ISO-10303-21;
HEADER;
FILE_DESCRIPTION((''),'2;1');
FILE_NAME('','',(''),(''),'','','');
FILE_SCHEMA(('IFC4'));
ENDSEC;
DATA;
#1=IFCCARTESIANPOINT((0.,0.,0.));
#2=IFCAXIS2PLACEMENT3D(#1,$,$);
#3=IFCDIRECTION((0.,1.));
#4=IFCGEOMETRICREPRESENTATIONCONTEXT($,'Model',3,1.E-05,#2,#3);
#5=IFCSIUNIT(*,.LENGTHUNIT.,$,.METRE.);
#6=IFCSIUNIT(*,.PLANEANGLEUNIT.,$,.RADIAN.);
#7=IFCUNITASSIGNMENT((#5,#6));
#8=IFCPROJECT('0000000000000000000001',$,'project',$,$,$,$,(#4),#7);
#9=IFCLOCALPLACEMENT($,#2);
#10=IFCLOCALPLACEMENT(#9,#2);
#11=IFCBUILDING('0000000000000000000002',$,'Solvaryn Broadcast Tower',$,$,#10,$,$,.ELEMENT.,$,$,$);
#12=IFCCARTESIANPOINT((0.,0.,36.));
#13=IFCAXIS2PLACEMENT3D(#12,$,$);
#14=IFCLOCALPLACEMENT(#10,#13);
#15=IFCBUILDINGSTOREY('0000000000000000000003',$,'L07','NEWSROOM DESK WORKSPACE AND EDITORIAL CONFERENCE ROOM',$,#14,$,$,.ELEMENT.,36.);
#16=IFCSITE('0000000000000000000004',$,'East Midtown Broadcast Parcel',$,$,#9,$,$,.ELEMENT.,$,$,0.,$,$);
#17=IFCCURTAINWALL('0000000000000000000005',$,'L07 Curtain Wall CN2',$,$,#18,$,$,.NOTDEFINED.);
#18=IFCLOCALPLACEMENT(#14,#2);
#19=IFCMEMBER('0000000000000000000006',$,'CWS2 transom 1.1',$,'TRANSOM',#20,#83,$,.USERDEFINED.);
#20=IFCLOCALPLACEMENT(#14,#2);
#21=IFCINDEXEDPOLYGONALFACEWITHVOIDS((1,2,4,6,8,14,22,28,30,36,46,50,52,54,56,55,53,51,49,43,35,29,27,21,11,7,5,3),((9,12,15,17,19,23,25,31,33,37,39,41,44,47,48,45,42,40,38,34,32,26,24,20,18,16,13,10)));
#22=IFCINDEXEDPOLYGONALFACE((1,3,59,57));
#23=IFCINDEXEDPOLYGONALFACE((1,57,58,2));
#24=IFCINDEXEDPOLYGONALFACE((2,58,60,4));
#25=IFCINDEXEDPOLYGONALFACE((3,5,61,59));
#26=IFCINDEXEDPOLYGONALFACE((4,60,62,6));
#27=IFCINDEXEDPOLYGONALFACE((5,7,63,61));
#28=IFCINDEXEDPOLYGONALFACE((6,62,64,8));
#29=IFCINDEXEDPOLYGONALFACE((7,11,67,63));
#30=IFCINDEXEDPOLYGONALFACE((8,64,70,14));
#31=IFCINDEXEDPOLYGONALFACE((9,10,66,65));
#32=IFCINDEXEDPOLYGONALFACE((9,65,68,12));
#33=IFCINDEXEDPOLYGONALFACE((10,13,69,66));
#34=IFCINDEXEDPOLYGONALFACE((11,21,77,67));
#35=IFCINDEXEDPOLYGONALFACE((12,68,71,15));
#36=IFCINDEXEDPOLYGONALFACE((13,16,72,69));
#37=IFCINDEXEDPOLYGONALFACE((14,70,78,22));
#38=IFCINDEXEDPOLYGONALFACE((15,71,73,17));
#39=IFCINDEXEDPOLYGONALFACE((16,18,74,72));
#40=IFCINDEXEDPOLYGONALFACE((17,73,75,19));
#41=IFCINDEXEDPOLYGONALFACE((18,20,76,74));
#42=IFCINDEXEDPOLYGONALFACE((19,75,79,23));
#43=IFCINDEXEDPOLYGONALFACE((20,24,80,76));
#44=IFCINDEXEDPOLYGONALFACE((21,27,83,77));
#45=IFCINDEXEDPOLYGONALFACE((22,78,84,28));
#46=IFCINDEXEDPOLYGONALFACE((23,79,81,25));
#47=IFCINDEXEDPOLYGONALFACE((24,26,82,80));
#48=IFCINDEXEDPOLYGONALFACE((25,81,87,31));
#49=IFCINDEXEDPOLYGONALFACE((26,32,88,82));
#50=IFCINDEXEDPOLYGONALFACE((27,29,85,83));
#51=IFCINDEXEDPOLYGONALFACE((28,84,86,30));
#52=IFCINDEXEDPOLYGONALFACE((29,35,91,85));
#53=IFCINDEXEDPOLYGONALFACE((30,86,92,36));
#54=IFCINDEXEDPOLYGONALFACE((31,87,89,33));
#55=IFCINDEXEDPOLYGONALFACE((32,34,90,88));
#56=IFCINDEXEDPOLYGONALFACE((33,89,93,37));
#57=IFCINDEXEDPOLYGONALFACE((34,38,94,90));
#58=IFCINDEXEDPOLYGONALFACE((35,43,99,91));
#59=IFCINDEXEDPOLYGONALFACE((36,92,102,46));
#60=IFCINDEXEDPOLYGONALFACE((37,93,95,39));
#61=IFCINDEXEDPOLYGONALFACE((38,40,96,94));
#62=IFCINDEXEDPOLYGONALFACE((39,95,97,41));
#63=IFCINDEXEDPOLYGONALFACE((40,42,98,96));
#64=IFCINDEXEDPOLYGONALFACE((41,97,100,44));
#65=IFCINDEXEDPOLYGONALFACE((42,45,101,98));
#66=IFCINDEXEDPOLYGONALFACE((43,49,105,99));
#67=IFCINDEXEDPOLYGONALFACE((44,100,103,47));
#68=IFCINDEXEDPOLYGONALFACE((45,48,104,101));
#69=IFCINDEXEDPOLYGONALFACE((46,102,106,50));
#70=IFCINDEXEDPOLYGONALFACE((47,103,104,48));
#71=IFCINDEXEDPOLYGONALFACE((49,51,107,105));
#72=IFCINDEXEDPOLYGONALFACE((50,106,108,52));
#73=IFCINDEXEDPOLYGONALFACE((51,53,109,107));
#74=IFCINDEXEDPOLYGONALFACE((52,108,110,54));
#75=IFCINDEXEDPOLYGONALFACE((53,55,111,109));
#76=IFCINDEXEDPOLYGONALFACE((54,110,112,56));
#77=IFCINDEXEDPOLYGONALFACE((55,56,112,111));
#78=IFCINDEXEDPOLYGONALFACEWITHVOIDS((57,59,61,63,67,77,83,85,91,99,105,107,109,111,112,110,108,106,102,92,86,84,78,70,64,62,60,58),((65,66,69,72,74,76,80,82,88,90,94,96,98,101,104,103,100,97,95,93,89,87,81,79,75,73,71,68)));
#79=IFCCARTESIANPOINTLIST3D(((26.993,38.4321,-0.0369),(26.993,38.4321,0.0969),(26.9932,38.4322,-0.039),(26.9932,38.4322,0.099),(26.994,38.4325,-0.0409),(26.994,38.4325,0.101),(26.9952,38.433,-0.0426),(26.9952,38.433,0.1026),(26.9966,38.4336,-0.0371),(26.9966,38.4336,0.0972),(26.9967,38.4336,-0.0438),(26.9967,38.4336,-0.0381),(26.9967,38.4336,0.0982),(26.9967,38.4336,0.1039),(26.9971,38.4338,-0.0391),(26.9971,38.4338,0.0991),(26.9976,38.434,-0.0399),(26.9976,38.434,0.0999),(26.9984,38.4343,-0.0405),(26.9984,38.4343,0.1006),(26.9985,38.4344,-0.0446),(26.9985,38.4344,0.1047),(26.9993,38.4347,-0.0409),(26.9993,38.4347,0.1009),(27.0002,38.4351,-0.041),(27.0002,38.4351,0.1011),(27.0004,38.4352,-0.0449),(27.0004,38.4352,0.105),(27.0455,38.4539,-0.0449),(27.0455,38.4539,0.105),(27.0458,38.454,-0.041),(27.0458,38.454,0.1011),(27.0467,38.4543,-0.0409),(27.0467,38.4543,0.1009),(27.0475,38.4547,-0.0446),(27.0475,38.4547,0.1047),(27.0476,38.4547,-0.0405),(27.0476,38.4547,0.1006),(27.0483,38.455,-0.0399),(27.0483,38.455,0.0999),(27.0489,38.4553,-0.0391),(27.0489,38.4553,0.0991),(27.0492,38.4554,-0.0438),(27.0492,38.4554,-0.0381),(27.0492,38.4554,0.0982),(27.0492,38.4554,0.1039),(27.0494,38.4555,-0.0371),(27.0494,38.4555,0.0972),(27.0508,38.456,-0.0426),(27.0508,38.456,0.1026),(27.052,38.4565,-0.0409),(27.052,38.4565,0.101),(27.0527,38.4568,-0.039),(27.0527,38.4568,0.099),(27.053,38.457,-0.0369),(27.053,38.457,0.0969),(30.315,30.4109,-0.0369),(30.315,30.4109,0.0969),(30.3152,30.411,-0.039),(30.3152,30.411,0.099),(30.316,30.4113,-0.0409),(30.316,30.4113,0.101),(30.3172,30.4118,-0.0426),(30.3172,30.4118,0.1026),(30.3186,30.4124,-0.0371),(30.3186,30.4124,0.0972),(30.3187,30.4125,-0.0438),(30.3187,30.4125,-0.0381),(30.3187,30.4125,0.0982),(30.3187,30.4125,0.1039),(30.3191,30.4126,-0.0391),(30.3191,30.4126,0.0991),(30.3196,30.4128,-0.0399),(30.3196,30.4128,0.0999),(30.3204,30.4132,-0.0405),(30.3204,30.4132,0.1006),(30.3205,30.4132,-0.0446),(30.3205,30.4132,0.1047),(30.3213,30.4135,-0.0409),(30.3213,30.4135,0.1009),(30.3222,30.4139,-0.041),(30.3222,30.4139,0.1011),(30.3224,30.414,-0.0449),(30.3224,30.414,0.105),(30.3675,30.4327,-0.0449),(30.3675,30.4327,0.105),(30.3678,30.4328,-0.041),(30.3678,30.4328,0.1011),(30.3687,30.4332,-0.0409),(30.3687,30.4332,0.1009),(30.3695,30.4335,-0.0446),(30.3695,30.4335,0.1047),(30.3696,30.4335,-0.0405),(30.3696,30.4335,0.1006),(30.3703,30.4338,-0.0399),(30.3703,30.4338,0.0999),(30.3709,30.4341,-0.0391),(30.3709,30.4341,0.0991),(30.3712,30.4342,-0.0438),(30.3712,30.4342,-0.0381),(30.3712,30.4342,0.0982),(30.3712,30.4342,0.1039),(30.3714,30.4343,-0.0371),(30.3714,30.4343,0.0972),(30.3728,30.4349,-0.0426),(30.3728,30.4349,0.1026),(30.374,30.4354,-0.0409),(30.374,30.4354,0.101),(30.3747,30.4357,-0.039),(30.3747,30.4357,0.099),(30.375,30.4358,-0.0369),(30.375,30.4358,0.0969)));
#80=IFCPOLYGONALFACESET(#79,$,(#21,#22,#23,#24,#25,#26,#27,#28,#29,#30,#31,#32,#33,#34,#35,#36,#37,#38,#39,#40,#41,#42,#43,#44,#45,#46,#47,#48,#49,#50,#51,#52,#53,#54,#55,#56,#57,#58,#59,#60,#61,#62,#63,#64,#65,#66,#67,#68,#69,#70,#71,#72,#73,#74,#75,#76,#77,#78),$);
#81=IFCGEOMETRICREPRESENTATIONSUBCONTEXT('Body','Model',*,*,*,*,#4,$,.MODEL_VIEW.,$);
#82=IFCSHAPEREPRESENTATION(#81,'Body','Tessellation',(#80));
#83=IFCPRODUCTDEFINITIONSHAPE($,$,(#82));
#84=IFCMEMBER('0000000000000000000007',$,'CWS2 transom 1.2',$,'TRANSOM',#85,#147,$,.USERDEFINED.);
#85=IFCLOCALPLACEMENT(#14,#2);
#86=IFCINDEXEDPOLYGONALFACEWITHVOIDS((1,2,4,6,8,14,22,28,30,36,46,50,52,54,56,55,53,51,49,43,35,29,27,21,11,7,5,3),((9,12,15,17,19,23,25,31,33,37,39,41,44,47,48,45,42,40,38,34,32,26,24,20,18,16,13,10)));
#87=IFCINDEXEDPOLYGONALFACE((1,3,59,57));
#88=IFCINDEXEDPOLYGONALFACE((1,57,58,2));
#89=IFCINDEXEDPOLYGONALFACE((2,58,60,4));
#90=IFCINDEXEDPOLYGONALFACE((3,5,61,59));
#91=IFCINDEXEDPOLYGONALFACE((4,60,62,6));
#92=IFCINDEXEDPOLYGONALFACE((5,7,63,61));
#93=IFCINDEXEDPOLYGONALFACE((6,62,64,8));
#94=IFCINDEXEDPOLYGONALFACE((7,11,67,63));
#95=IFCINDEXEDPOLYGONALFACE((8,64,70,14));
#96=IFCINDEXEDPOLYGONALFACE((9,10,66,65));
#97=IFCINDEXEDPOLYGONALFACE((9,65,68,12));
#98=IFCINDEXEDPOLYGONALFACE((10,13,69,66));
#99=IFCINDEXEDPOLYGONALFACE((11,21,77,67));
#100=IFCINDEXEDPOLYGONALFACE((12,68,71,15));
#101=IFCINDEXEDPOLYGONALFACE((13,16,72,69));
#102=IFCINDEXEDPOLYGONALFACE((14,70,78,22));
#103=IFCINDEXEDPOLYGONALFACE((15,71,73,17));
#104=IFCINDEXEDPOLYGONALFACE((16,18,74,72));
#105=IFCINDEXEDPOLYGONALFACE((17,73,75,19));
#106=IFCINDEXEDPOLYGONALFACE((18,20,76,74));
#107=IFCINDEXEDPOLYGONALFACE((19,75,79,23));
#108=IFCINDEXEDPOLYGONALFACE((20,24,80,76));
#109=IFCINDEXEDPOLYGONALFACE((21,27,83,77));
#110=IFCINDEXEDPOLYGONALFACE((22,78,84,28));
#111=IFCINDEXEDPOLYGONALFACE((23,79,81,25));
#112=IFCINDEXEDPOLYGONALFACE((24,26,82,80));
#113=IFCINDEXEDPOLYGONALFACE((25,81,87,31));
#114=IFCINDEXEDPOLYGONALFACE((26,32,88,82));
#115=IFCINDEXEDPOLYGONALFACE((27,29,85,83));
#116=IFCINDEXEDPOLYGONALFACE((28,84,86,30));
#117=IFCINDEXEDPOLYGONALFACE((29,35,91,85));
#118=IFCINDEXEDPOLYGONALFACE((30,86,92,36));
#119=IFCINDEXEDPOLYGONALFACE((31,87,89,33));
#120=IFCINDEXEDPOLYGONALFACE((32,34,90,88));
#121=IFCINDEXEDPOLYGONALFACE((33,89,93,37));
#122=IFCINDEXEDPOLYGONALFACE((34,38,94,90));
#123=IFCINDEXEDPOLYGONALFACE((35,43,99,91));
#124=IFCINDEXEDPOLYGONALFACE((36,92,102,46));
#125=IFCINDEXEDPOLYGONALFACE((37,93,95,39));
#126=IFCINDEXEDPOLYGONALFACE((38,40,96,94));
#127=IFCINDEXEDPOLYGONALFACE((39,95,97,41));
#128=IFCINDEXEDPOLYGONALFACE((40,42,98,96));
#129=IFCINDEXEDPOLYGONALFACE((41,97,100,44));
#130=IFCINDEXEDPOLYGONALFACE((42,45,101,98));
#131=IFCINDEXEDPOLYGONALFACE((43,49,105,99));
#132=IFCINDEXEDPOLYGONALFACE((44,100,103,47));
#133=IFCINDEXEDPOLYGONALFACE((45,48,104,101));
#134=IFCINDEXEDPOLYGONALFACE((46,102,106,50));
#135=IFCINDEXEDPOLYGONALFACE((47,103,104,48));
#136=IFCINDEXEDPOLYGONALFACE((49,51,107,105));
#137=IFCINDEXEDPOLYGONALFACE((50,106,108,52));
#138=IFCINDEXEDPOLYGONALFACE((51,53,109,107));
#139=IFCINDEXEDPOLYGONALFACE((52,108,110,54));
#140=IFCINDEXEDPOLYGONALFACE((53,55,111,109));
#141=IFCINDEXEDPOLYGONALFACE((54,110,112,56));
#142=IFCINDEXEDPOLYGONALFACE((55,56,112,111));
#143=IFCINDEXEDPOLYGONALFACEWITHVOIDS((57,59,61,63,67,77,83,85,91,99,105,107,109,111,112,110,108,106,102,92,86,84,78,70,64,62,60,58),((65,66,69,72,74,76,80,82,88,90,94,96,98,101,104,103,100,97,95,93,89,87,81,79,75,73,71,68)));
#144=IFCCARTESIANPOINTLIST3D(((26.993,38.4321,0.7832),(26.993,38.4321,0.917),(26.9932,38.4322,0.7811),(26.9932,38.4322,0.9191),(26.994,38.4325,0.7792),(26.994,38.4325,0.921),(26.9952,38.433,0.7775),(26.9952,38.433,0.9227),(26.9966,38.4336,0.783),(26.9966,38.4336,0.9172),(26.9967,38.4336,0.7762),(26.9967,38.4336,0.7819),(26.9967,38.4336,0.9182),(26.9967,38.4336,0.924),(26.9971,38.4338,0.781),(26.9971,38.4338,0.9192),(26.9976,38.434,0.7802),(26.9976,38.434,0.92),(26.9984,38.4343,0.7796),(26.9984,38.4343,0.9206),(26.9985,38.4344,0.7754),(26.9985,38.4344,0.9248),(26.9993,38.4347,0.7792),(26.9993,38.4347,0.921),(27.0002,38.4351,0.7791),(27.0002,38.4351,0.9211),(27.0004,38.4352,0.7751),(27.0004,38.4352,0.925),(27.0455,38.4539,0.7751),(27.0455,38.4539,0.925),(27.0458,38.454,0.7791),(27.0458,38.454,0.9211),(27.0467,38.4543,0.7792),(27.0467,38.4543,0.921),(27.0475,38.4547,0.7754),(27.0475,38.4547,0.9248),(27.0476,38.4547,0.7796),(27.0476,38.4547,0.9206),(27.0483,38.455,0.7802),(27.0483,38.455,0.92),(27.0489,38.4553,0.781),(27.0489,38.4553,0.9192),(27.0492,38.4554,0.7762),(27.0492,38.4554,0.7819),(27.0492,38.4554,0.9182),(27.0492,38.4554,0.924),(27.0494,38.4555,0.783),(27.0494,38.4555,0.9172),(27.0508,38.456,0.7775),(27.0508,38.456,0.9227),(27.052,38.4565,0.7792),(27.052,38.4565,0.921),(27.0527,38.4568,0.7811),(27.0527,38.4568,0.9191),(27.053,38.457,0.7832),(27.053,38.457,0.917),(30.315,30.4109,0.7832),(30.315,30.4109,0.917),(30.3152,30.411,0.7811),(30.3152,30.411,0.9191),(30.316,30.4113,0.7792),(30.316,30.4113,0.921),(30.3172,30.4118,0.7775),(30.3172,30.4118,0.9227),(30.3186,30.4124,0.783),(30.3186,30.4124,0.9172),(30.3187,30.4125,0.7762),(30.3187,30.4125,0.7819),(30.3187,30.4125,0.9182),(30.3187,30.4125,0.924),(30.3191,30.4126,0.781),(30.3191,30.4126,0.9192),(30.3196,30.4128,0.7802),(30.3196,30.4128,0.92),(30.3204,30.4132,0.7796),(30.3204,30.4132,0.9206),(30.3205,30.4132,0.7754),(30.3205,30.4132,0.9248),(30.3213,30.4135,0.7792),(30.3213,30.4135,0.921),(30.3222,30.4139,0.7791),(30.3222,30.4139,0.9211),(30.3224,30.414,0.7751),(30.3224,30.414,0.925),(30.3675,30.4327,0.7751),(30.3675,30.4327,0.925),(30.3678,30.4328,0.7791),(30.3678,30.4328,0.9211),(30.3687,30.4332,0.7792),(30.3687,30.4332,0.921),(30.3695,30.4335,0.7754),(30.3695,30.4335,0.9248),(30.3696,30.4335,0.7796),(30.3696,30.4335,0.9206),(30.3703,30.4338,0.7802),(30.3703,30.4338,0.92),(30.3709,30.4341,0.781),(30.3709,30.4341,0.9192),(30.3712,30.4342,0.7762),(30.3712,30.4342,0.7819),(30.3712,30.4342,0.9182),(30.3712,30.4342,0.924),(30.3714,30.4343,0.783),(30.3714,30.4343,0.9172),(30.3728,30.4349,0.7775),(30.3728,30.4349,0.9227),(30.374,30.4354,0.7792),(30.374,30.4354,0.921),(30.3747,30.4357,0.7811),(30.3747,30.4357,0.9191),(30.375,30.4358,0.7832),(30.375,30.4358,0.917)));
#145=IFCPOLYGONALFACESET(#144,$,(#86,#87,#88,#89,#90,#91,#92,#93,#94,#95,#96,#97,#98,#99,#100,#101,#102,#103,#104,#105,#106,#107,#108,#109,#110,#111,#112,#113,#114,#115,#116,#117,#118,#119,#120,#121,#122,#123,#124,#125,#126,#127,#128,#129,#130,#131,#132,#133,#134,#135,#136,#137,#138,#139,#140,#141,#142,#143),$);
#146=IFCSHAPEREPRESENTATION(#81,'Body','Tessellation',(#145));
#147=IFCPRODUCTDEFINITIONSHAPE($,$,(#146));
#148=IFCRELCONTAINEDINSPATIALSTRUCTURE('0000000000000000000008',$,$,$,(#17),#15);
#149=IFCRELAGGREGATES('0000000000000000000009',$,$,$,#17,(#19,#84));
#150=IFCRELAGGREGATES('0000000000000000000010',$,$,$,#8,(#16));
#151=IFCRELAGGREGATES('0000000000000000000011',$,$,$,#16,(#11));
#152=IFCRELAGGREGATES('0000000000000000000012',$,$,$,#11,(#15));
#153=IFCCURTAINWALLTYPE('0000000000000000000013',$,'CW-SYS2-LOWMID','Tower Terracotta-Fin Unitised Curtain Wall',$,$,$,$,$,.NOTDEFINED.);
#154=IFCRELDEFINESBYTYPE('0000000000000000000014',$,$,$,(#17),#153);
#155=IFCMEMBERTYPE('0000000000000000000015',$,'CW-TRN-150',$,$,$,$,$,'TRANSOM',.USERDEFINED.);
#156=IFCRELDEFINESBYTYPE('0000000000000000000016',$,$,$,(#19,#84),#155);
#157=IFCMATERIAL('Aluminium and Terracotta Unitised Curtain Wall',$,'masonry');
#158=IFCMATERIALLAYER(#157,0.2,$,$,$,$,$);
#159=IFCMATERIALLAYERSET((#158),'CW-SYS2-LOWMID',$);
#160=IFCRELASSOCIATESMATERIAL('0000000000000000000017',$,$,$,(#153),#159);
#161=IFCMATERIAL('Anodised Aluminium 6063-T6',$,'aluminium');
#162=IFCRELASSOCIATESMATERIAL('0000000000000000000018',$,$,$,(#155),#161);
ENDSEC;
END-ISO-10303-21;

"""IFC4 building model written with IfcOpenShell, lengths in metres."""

from ifc_helpers import new_model, si_unit, direction, frame, origin, origin_2d, place, context, subcontext, project, spatial, hollow_rectangle, extrude, material, layer, layer_set, material_profile, profile_set, type_object, element, aggregate, save


model = new_model("IFC4")

# Units and contexts
model_context = context("Model", 3, precision=1e-05, world=origin(), true_north=direction((0.0, 1.0)))
body_context = subcontext(model_context, "Body", "Model", "MODEL_VIEW")
ifc_project = project(units=[si_unit("LENGTHUNIT", "METRE"), si_unit("PLANEANGLEUNIT", "RADIAN")], contexts=[model_context])

# Site, building, storey
site_placement = place(None, origin())
site = spatial("IfcSite", under=ifc_project, at=site_placement, Name="East Midtown Broadcast Parcel", CompositionType="ELEMENT", RefElevation=0.0)
building_placement = place(site_placement, origin())
building = spatial("IfcBuilding", under=site, at=building_placement, Name="Solvaryn Broadcast Tower", CompositionType="ELEMENT")
storey_placement = place(building_placement, frame((0.0, 0.0, 36.0)))
storey = spatial("IfcBuildingStorey", under=building, at=storey_placement, Name="L07", Description="NEWSROOM DESK WORKSPACE AND EDITORIAL CONFERENCE ROOM", CompositionType="ELEMENT", Elevation=36.0)

# Shared definitions
ifc_material_1 = material(Name="Aluminium and Terracotta Unitised Curtain Wall", Category="masonry")
ifc_layer_1 = layer(ifc_material_1, 0.2)
ifc_layer_set_1 = layer_set([ifc_layer_1], Name="CW-SYS2-LOWMID")
curtain_wall_type = type_object("IfcCurtainWallType", Name="CW-SYS2-LOWMID", Description="Tower Terracotta-Fin Unitised Curtain Wall", PredefinedType="NOTDEFINED", material=ifc_layer_set_1)

# Curtain wall, members
curtain_wall_1_placement = place(storey_placement, origin())
curtain_wall_1 = element("IfcCurtainWall", 1, at=curtain_wall_1_placement, inside=storey, type_object=curtain_wall_type, Name="L07 Curtain Wall CN2", PredefinedType="NOTDEFINED")
ifc_material_2 = material(Name="Anodised Aluminium 6063-T6", Category="aluminium")
ifc_material_profile_1 = material_profile(ifc_material_2, hollow_rectangle(XDim=0.0649, YDim=0.1499, WallThickness=0.0039, InnerFilletRadius=0.0039, OuterFilletRadius=0.0081, at=origin_2d()))
ifc_profile_set_1 = profile_set([ifc_material_profile_1], Name="Anodised Aluminium 6063-T6")
member_type_1 = type_object("IfcMemberType", Name="CW-TRN-150", ElementType="TRANSOM", PredefinedType="USERDEFINED", material=ifc_profile_set_1)
member_1_placement = place(storey_placement, frame((30.345, 30.4233, 0.03), z_axis=(-0.382636, 0.923899, 0.0), x_axis=(-0.923899, -0.382636, 0.0)))
member_1 = element("IfcMember", 2, at=member_1_placement, type_object=member_type_1, Name="CWS2 transom 1.1", ObjectType="TRANSOM", PredefinedType="USERDEFINED", context=body_context, shape_type="SweptSolid", body=[
    extrude(hollow_rectangle(XDim=0.0649, YDim=0.1499, WallThickness=0.0039, InnerFilletRadius=0.0039, OuterFilletRadius=0.0081, at=origin_2d()), origin(), (0.0, 0.0, 1.0), 8.6819),
])
member_2_placement = place(storey_placement, frame((30.345, 30.4233, 0.8501), z_axis=(-0.382636, 0.923899, 0.0), x_axis=(-0.923899, -0.382636, 0.0)))
member_2 = element("IfcMember", 3, at=member_2_placement, type_object=member_type_1, Name="CWS2 transom 1.2", ObjectType="TRANSOM", PredefinedType="USERDEFINED", context=body_context, shape_type="SweptSolid", body=[
    extrude(hollow_rectangle(XDim=0.0649, YDim=0.1499, WallThickness=0.0039, InnerFilletRadius=0.0039, OuterFilletRadius=0.0081, at=origin_2d()), origin(), (0.0, 0.0, 1.0), 8.6819),
])
aggregate(curtain_wall_1, [member_1, member_2])

save(model, "model.ifc")
